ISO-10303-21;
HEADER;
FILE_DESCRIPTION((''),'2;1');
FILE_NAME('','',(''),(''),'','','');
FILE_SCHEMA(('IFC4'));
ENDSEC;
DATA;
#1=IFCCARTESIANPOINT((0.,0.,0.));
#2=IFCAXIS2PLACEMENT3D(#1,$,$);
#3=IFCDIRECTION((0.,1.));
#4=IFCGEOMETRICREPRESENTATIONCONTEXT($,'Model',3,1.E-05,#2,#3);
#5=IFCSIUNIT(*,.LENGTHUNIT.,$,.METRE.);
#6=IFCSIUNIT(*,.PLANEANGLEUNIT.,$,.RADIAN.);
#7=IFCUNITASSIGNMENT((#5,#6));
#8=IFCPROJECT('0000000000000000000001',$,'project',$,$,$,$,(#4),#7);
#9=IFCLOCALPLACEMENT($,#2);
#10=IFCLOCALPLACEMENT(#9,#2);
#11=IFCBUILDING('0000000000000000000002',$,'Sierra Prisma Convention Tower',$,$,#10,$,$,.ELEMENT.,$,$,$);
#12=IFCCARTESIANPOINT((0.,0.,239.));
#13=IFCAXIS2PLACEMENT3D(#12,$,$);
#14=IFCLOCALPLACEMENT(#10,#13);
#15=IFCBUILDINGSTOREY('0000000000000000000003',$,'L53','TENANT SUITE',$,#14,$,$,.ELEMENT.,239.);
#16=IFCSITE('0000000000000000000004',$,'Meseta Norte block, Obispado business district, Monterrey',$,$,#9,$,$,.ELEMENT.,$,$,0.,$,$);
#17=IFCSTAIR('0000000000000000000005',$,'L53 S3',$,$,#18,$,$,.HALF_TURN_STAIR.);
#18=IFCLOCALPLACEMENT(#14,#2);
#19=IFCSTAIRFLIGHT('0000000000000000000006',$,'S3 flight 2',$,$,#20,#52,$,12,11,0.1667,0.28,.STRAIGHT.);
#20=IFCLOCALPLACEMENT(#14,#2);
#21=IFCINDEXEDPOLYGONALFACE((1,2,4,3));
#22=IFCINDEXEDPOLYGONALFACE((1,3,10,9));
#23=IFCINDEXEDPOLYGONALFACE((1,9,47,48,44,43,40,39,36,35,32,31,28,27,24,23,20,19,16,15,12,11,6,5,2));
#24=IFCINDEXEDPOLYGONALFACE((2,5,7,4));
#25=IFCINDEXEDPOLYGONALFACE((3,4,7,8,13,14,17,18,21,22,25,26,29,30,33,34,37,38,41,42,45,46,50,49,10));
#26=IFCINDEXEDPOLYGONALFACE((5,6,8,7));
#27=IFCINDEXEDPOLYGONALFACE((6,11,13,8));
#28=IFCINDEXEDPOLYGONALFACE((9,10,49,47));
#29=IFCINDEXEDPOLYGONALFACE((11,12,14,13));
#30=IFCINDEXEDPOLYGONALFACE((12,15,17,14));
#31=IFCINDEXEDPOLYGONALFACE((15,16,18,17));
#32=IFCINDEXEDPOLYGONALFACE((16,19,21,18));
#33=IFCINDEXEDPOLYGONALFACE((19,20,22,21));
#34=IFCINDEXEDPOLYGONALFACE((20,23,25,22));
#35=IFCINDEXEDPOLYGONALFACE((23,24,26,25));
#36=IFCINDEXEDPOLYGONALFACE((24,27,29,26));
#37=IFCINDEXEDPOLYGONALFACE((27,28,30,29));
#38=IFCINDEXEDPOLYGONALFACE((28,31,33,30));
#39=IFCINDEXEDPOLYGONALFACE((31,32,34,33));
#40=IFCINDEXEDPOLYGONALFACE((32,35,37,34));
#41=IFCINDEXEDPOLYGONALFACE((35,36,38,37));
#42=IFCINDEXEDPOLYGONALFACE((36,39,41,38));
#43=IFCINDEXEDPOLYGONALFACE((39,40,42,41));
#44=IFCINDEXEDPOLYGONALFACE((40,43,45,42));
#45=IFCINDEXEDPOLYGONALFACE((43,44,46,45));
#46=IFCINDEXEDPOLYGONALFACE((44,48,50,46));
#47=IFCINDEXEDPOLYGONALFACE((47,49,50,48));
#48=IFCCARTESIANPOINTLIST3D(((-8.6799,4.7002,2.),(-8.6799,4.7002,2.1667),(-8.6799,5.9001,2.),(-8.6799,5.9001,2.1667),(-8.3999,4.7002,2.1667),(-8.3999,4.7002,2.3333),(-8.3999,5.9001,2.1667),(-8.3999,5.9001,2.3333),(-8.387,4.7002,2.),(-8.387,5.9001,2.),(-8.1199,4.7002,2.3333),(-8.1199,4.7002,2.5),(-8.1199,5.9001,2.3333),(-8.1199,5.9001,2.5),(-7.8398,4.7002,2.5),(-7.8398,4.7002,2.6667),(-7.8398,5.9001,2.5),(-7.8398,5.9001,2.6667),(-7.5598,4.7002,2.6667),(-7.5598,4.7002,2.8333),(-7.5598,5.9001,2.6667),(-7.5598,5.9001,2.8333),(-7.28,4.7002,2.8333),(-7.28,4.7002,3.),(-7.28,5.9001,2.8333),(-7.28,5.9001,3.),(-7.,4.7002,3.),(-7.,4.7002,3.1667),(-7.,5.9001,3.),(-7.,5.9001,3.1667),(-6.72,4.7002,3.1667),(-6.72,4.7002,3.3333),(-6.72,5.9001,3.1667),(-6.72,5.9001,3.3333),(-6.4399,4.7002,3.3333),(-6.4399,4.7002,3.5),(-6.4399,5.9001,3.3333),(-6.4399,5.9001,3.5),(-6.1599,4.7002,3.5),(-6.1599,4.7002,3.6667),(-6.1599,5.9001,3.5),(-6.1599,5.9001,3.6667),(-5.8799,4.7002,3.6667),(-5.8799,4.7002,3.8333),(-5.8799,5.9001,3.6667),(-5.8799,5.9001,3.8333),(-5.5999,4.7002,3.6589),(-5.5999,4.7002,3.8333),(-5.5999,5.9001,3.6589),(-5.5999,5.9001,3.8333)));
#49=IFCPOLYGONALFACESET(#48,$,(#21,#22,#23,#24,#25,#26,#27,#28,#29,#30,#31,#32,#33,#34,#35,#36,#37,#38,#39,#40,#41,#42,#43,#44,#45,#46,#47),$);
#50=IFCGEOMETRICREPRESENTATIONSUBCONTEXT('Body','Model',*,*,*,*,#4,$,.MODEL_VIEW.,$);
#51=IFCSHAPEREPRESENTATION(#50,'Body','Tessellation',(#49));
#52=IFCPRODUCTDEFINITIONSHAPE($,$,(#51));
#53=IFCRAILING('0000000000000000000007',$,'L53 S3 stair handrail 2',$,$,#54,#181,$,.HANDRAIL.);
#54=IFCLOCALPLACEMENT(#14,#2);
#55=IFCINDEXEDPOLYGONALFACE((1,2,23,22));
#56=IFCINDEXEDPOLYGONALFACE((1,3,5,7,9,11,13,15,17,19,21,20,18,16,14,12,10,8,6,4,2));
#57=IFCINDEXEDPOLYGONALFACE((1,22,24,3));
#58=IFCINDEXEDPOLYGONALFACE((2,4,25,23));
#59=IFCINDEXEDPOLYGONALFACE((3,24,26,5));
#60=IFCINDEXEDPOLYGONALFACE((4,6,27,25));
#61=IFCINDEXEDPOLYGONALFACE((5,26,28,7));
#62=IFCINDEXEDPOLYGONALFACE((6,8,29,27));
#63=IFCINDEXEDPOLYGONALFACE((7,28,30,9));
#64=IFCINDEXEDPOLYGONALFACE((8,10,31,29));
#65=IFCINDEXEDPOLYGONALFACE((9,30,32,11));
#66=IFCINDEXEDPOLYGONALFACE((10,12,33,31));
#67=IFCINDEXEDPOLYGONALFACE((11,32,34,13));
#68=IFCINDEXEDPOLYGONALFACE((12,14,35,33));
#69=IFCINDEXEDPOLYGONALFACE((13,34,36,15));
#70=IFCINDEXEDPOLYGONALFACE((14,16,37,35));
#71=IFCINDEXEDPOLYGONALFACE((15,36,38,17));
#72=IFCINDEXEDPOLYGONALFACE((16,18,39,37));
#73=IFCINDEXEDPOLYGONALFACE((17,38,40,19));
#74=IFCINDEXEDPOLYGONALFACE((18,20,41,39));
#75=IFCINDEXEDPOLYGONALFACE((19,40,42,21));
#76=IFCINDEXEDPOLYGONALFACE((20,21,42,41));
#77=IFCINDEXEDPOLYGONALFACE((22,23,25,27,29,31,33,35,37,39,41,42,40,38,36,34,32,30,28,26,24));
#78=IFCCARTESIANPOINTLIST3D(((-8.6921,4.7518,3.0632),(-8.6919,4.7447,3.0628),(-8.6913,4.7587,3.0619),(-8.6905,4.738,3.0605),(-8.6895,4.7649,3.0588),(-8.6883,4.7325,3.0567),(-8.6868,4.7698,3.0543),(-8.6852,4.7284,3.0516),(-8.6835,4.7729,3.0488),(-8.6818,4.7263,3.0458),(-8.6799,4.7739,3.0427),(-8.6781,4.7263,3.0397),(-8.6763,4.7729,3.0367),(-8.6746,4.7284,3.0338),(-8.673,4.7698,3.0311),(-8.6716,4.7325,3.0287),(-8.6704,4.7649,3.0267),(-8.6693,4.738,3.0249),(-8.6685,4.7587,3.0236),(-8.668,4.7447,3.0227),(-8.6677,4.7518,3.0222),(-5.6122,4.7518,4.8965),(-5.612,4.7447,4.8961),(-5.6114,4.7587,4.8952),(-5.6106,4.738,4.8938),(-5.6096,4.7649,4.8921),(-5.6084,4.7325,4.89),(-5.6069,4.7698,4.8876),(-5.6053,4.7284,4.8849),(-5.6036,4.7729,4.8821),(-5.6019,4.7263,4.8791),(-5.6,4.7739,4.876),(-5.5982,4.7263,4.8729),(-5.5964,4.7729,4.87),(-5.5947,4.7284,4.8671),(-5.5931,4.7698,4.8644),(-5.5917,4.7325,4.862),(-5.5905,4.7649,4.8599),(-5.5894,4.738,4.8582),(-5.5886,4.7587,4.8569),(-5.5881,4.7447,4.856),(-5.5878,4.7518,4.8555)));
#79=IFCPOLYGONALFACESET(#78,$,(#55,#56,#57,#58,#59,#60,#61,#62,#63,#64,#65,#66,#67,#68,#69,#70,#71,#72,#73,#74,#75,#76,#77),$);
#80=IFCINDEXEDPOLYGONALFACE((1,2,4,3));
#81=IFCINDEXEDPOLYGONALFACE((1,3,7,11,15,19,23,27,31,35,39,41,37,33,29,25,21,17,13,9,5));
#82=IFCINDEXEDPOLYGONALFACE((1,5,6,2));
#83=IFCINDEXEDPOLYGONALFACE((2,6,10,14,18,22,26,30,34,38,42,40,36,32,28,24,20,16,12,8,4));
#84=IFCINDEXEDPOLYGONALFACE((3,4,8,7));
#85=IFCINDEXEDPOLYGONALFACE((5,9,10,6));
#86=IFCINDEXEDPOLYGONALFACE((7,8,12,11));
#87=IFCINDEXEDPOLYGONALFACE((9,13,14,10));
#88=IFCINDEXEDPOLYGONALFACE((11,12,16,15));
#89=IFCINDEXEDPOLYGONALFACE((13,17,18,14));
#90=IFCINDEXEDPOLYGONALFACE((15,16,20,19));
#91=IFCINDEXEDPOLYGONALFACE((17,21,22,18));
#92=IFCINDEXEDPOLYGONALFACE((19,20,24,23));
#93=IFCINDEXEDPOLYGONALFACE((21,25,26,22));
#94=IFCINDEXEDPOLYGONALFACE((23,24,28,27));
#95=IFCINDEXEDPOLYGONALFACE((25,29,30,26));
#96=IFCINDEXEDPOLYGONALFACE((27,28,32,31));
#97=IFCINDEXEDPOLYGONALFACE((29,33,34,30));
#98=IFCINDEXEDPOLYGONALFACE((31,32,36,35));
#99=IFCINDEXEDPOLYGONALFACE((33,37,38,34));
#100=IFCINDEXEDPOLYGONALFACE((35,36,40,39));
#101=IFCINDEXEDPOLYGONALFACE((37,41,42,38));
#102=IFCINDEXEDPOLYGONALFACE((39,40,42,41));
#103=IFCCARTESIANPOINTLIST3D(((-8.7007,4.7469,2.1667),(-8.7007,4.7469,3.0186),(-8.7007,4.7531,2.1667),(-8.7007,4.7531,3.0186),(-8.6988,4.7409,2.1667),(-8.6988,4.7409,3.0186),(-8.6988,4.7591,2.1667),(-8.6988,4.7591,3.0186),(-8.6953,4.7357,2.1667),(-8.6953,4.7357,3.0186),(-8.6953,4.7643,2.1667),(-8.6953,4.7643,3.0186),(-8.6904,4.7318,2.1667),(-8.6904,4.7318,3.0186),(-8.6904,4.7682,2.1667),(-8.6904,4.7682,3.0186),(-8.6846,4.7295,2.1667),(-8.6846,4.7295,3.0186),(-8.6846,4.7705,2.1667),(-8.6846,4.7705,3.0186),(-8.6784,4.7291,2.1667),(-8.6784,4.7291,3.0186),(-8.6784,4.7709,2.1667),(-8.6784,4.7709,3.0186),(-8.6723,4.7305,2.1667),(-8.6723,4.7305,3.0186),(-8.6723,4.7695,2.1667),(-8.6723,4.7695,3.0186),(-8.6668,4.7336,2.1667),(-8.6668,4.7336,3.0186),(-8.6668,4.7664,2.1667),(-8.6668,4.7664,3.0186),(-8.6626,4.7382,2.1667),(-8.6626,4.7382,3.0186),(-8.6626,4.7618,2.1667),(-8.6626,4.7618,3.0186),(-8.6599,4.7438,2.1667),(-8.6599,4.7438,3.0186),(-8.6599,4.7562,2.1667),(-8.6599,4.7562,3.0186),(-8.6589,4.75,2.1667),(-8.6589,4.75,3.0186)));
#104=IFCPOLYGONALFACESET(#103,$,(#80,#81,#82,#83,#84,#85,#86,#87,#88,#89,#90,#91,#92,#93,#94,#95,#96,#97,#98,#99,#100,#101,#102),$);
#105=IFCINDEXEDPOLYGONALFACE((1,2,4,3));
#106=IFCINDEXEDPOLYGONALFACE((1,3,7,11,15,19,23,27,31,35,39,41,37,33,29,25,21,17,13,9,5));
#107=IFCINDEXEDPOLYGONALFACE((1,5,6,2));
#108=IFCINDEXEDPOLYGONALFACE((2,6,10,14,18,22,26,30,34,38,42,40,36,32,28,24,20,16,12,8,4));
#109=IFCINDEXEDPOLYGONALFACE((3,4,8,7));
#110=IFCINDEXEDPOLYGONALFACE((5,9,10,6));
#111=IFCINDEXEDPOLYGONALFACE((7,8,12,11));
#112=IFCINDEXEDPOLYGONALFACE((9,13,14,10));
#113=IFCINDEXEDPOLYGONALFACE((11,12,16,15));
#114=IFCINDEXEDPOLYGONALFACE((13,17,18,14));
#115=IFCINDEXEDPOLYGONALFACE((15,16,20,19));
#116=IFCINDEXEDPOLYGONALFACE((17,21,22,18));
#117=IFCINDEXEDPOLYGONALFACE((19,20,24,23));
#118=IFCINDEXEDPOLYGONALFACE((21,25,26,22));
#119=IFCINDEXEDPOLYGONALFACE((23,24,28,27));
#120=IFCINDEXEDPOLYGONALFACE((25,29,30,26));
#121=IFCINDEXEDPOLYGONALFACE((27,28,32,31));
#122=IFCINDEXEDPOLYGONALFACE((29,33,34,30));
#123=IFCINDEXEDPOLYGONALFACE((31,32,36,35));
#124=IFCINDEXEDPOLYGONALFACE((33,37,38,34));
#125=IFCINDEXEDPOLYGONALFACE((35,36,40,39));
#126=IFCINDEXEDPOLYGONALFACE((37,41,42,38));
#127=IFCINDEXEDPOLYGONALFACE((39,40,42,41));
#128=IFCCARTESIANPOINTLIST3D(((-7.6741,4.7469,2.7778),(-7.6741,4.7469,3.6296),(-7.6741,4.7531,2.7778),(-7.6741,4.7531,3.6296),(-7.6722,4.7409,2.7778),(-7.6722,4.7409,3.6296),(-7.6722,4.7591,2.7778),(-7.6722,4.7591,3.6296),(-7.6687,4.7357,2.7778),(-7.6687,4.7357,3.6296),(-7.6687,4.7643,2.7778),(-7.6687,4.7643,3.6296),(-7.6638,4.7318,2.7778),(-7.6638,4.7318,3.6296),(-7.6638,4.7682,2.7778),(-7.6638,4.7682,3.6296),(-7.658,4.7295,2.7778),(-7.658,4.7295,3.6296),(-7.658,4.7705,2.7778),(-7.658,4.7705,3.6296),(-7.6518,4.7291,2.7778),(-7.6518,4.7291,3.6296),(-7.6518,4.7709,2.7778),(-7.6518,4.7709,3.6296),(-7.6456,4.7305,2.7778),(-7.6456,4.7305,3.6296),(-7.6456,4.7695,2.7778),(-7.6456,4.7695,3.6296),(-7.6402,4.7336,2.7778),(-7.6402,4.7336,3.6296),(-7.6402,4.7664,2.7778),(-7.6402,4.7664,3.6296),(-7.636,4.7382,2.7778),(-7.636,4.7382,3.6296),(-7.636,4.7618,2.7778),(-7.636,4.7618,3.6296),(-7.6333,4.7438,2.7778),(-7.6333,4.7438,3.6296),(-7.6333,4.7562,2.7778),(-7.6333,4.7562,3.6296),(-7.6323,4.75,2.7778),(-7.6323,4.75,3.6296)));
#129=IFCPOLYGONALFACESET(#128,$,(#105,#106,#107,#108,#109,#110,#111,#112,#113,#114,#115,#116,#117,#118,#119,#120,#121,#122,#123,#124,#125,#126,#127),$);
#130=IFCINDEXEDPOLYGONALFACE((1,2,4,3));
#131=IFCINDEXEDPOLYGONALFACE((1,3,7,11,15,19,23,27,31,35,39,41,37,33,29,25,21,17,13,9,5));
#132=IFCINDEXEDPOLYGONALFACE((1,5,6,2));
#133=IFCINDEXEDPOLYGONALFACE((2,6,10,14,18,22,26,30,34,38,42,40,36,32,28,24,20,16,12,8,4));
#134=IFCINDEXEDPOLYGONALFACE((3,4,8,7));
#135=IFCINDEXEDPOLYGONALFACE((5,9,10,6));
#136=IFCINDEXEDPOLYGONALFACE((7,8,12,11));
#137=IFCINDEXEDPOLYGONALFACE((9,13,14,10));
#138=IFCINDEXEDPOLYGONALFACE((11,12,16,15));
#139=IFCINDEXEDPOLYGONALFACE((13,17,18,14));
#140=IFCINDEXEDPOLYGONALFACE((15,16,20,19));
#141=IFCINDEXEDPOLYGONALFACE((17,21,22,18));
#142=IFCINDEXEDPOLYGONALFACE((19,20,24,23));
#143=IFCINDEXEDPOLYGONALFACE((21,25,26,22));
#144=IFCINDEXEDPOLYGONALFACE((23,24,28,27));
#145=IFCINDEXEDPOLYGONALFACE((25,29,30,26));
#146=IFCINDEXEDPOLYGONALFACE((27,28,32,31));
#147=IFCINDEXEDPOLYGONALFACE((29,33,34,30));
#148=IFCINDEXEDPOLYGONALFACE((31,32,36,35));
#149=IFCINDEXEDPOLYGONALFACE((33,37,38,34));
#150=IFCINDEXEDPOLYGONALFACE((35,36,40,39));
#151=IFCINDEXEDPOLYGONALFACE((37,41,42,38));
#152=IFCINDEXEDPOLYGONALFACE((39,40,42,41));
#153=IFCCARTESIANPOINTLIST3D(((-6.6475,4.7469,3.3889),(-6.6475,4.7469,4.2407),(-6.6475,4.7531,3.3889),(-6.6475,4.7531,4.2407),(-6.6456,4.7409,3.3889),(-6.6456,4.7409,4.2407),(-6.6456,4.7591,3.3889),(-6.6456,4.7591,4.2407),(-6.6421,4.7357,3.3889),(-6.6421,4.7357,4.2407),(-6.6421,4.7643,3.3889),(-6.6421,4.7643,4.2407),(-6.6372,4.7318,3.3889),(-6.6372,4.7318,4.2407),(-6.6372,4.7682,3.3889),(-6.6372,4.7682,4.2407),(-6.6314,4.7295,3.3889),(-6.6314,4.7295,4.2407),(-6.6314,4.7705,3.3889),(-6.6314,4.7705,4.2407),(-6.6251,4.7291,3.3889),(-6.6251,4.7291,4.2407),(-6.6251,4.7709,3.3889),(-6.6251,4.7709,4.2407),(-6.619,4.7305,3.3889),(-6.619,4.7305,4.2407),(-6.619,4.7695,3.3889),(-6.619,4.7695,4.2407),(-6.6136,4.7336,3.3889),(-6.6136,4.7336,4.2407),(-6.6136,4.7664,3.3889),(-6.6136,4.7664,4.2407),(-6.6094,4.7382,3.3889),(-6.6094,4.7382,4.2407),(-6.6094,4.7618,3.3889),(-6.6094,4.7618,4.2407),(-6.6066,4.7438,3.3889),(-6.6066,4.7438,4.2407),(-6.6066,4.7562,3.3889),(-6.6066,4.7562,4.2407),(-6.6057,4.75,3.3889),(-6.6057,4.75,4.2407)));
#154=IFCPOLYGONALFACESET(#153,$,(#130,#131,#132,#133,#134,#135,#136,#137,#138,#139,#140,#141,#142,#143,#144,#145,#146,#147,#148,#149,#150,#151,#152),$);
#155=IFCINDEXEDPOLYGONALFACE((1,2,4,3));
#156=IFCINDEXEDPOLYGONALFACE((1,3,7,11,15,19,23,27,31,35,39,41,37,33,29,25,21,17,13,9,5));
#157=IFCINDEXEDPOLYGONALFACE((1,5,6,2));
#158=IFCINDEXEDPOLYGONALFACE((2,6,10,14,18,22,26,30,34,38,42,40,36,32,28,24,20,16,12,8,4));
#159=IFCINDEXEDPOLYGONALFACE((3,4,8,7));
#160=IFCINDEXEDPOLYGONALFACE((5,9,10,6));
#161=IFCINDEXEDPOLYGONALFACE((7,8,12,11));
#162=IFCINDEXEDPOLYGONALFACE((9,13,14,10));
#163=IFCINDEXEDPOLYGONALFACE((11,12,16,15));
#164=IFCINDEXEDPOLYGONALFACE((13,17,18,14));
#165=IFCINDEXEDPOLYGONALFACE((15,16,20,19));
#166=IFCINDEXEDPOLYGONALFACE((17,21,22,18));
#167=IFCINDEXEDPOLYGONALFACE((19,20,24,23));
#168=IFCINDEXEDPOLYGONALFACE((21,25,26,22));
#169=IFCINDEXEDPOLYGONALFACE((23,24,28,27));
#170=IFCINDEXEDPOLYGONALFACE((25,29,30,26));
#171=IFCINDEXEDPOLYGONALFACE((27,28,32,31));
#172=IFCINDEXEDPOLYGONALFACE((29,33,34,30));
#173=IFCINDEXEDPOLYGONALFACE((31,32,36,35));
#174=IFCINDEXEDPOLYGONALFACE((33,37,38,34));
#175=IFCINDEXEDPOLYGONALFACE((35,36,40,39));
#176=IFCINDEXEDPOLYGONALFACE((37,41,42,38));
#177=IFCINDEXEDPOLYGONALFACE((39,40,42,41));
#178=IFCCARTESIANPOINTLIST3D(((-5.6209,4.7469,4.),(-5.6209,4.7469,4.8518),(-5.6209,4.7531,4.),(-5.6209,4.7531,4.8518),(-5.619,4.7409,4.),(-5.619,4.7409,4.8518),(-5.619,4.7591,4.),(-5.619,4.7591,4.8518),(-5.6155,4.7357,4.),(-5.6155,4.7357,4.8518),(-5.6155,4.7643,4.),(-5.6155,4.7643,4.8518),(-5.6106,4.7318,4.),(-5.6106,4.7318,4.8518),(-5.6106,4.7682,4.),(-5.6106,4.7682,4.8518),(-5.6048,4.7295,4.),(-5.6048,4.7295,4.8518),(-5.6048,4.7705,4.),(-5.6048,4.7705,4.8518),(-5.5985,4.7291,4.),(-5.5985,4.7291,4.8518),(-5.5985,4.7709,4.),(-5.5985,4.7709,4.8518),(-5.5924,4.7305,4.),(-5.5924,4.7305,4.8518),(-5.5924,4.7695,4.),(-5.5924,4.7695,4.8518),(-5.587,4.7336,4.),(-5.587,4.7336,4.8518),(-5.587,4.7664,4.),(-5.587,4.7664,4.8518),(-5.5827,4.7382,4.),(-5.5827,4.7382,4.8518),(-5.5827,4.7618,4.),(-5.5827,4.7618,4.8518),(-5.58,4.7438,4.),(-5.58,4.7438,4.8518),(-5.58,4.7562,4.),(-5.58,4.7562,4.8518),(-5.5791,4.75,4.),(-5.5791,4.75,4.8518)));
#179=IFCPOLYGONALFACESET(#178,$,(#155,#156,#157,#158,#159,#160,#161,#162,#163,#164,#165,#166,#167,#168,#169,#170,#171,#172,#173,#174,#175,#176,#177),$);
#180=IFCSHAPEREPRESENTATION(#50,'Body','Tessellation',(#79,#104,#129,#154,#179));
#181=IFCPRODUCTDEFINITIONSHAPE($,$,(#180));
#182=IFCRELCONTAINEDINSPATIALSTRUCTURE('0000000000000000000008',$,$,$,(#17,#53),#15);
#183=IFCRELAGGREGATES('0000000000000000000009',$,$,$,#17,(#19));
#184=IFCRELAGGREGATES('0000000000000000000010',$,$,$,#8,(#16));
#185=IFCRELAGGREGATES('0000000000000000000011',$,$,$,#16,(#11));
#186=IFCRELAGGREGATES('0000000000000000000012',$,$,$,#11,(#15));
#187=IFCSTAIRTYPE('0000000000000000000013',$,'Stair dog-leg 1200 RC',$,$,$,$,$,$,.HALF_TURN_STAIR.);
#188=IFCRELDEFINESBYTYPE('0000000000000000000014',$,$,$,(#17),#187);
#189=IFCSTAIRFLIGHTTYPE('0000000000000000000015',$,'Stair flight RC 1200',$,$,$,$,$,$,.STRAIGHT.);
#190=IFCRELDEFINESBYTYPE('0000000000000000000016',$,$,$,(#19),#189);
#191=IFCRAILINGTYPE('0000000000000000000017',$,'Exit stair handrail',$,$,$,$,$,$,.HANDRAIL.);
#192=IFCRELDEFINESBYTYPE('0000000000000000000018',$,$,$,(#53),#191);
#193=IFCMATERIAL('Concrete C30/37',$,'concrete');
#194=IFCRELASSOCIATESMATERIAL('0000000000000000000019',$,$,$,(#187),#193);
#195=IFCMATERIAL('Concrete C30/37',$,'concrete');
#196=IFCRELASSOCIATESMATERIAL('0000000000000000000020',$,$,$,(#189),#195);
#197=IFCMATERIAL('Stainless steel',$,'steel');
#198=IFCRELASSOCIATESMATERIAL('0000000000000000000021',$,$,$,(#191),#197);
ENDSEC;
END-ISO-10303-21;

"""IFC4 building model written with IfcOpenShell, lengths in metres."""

from ifc_helpers import new_model, si_unit, direction, frame, origin, origin_2d, place, context, subcontext, project, spatial, polyline, circle, outline, extrude, material, type_object, element, aggregate, save


model = new_model("IFC4")

# Units and contexts
model_context = context("Model", 3, precision=1e-05, world=origin(), true_north=direction((0.0, 1.0)))
body_context = subcontext(model_context, "Body", "Model", "MODEL_VIEW")
ifc_project = project(units=[si_unit("LENGTHUNIT", "METRE"), si_unit("PLANEANGLEUNIT", "RADIAN")], contexts=[model_context])

# Site, building, storey
site_placement = place(None, origin())
site = spatial("IfcSite", under=ifc_project, at=site_placement, Name="Meseta Norte block, Obispado business district, Monterrey", CompositionType="ELEMENT", RefElevation=0.0)
building_placement = place(site_placement, origin())
building = spatial("IfcBuilding", under=site, at=building_placement, Name="Sierra Prisma Convention Tower", CompositionType="ELEMENT")
storey_placement = place(building_placement, frame((0.0, 0.0, 239.0)))
storey = spatial("IfcBuildingStorey", under=building, at=storey_placement, Name="L53", Description="TENANT SUITE", CompositionType="ELEMENT", Elevation=239.0)

# Stair, stair flight
ifc_material_1 = material(Name="Concrete C30/37", Category="concrete")
stair_type = type_object("IfcStairType", Name="Stair dog-leg 1200 RC", PredefinedType="HALF_TURN_STAIR", material=ifc_material_1)
stair_placement = place(storey_placement, origin())
stair = element("IfcStair", 1, at=stair_placement, inside=storey, type_object=stair_type, Name="L53 S3", PredefinedType="HALF_TURN_STAIR")
ifc_material_2 = material(Name="Concrete C30/37", Category="concrete")
stair_flight_type = type_object("IfcStairFlightType", Name="Stair flight RC 1200", PredefinedType="STRAIGHT", material=ifc_material_2)
stair_flight_placement = place(storey_placement, frame((-8.6799, 5.3, 2.0), z_axis=(0.0, 0.0, 1.0), x_axis=(1.0, 0.0, 0.0)))
stair_flight = element("IfcStairFlight", 2, at=stair_flight_placement, type_object=stair_flight_type, Name="S3 flight 2", NumberOfRisers=12, NumberOfTreads=11, PredefinedType="STRAIGHT", RiserHeight=0.1667, TreadLength=0.28, context=body_context, shape_type="SweptSolid", body=[
    extrude(outline(polyline([(0.0, 0.0), (0.0, 0.1667), (0.28, 0.1667), (0.28, 0.3333), (0.5601, 0.3333), (0.5601, 0.5), (0.8401, 0.5), (0.8401, 0.6667), (1.1201, 0.6667), (1.1201, 0.8333), (1.3999, 0.8333), (1.3999, 1.0), (1.6799, 1.0), (1.6799, 1.1667), (1.96, 1.1667), (1.96, 1.3333), (2.24, 1.3333), (2.24, 1.5), (2.52, 1.5), (2.52, 1.6667), (2.8, 1.6667), (2.8, 1.8333), (3.0801, 1.8333), (3.0801, 2.0), (3.0801, 1.6589), (0.293, 0.0), (0.0, 0.0)])), frame((0.0, 0.6001, 0.0), z_axis=(0.0, -1.0, 0.0), x_axis=(1.0, 0.0, 0.0)), (0.0, 0.0, 1.0), 1.2),
])
aggregate(stair, [stair_flight])

# Railing
ifc_material_3 = material(Name="Stainless steel", Category="steel")
railing_type_1 = type_object("IfcRailingType", Name="Exit stair handrail", PredefinedType="HANDRAIL", material=ifc_material_3)
railing_1_placement = place(storey_placement, frame((-8.6799, 4.75, 2.1667)))
element("IfcRailing", 3, at=railing_1_placement, inside=storey, type_object=railing_type_1, Name="L53 S3 stair handrail 2", PredefinedType="HANDRAIL", context=body_context, shape_type="SweptSolid", body=[
    extrude(circle(Radius=0.0239, at=origin_2d()), frame((0.0, 0.0, 0.876), z_axis=(0.859291, 0.0, 0.511487), x_axis=(0.0, 1.0, 0.0)), (0.0, 0.0, 1.0), 3.5842),
    extrude(circle(Radius=0.021, at=origin_2d()), origin(), (0.0, 0.0, 1.0), 0.8518),
    extrude(circle(Radius=0.021, at=origin_2d()), frame((1.0266, 0.0, 0.6111)), (0.0, 0.0, 1.0), 0.8518),
    extrude(circle(Radius=0.021, at=origin_2d()), frame((2.0532, 0.0, 1.2222)), (0.0, 0.0, 1.0), 0.8518),
    extrude(circle(Radius=0.021, at=origin_2d()), frame((3.0798, 0.0, 1.8333)), (0.0, 0.0, 1.0), 0.8518),
])

save(model, "model.ifc")
